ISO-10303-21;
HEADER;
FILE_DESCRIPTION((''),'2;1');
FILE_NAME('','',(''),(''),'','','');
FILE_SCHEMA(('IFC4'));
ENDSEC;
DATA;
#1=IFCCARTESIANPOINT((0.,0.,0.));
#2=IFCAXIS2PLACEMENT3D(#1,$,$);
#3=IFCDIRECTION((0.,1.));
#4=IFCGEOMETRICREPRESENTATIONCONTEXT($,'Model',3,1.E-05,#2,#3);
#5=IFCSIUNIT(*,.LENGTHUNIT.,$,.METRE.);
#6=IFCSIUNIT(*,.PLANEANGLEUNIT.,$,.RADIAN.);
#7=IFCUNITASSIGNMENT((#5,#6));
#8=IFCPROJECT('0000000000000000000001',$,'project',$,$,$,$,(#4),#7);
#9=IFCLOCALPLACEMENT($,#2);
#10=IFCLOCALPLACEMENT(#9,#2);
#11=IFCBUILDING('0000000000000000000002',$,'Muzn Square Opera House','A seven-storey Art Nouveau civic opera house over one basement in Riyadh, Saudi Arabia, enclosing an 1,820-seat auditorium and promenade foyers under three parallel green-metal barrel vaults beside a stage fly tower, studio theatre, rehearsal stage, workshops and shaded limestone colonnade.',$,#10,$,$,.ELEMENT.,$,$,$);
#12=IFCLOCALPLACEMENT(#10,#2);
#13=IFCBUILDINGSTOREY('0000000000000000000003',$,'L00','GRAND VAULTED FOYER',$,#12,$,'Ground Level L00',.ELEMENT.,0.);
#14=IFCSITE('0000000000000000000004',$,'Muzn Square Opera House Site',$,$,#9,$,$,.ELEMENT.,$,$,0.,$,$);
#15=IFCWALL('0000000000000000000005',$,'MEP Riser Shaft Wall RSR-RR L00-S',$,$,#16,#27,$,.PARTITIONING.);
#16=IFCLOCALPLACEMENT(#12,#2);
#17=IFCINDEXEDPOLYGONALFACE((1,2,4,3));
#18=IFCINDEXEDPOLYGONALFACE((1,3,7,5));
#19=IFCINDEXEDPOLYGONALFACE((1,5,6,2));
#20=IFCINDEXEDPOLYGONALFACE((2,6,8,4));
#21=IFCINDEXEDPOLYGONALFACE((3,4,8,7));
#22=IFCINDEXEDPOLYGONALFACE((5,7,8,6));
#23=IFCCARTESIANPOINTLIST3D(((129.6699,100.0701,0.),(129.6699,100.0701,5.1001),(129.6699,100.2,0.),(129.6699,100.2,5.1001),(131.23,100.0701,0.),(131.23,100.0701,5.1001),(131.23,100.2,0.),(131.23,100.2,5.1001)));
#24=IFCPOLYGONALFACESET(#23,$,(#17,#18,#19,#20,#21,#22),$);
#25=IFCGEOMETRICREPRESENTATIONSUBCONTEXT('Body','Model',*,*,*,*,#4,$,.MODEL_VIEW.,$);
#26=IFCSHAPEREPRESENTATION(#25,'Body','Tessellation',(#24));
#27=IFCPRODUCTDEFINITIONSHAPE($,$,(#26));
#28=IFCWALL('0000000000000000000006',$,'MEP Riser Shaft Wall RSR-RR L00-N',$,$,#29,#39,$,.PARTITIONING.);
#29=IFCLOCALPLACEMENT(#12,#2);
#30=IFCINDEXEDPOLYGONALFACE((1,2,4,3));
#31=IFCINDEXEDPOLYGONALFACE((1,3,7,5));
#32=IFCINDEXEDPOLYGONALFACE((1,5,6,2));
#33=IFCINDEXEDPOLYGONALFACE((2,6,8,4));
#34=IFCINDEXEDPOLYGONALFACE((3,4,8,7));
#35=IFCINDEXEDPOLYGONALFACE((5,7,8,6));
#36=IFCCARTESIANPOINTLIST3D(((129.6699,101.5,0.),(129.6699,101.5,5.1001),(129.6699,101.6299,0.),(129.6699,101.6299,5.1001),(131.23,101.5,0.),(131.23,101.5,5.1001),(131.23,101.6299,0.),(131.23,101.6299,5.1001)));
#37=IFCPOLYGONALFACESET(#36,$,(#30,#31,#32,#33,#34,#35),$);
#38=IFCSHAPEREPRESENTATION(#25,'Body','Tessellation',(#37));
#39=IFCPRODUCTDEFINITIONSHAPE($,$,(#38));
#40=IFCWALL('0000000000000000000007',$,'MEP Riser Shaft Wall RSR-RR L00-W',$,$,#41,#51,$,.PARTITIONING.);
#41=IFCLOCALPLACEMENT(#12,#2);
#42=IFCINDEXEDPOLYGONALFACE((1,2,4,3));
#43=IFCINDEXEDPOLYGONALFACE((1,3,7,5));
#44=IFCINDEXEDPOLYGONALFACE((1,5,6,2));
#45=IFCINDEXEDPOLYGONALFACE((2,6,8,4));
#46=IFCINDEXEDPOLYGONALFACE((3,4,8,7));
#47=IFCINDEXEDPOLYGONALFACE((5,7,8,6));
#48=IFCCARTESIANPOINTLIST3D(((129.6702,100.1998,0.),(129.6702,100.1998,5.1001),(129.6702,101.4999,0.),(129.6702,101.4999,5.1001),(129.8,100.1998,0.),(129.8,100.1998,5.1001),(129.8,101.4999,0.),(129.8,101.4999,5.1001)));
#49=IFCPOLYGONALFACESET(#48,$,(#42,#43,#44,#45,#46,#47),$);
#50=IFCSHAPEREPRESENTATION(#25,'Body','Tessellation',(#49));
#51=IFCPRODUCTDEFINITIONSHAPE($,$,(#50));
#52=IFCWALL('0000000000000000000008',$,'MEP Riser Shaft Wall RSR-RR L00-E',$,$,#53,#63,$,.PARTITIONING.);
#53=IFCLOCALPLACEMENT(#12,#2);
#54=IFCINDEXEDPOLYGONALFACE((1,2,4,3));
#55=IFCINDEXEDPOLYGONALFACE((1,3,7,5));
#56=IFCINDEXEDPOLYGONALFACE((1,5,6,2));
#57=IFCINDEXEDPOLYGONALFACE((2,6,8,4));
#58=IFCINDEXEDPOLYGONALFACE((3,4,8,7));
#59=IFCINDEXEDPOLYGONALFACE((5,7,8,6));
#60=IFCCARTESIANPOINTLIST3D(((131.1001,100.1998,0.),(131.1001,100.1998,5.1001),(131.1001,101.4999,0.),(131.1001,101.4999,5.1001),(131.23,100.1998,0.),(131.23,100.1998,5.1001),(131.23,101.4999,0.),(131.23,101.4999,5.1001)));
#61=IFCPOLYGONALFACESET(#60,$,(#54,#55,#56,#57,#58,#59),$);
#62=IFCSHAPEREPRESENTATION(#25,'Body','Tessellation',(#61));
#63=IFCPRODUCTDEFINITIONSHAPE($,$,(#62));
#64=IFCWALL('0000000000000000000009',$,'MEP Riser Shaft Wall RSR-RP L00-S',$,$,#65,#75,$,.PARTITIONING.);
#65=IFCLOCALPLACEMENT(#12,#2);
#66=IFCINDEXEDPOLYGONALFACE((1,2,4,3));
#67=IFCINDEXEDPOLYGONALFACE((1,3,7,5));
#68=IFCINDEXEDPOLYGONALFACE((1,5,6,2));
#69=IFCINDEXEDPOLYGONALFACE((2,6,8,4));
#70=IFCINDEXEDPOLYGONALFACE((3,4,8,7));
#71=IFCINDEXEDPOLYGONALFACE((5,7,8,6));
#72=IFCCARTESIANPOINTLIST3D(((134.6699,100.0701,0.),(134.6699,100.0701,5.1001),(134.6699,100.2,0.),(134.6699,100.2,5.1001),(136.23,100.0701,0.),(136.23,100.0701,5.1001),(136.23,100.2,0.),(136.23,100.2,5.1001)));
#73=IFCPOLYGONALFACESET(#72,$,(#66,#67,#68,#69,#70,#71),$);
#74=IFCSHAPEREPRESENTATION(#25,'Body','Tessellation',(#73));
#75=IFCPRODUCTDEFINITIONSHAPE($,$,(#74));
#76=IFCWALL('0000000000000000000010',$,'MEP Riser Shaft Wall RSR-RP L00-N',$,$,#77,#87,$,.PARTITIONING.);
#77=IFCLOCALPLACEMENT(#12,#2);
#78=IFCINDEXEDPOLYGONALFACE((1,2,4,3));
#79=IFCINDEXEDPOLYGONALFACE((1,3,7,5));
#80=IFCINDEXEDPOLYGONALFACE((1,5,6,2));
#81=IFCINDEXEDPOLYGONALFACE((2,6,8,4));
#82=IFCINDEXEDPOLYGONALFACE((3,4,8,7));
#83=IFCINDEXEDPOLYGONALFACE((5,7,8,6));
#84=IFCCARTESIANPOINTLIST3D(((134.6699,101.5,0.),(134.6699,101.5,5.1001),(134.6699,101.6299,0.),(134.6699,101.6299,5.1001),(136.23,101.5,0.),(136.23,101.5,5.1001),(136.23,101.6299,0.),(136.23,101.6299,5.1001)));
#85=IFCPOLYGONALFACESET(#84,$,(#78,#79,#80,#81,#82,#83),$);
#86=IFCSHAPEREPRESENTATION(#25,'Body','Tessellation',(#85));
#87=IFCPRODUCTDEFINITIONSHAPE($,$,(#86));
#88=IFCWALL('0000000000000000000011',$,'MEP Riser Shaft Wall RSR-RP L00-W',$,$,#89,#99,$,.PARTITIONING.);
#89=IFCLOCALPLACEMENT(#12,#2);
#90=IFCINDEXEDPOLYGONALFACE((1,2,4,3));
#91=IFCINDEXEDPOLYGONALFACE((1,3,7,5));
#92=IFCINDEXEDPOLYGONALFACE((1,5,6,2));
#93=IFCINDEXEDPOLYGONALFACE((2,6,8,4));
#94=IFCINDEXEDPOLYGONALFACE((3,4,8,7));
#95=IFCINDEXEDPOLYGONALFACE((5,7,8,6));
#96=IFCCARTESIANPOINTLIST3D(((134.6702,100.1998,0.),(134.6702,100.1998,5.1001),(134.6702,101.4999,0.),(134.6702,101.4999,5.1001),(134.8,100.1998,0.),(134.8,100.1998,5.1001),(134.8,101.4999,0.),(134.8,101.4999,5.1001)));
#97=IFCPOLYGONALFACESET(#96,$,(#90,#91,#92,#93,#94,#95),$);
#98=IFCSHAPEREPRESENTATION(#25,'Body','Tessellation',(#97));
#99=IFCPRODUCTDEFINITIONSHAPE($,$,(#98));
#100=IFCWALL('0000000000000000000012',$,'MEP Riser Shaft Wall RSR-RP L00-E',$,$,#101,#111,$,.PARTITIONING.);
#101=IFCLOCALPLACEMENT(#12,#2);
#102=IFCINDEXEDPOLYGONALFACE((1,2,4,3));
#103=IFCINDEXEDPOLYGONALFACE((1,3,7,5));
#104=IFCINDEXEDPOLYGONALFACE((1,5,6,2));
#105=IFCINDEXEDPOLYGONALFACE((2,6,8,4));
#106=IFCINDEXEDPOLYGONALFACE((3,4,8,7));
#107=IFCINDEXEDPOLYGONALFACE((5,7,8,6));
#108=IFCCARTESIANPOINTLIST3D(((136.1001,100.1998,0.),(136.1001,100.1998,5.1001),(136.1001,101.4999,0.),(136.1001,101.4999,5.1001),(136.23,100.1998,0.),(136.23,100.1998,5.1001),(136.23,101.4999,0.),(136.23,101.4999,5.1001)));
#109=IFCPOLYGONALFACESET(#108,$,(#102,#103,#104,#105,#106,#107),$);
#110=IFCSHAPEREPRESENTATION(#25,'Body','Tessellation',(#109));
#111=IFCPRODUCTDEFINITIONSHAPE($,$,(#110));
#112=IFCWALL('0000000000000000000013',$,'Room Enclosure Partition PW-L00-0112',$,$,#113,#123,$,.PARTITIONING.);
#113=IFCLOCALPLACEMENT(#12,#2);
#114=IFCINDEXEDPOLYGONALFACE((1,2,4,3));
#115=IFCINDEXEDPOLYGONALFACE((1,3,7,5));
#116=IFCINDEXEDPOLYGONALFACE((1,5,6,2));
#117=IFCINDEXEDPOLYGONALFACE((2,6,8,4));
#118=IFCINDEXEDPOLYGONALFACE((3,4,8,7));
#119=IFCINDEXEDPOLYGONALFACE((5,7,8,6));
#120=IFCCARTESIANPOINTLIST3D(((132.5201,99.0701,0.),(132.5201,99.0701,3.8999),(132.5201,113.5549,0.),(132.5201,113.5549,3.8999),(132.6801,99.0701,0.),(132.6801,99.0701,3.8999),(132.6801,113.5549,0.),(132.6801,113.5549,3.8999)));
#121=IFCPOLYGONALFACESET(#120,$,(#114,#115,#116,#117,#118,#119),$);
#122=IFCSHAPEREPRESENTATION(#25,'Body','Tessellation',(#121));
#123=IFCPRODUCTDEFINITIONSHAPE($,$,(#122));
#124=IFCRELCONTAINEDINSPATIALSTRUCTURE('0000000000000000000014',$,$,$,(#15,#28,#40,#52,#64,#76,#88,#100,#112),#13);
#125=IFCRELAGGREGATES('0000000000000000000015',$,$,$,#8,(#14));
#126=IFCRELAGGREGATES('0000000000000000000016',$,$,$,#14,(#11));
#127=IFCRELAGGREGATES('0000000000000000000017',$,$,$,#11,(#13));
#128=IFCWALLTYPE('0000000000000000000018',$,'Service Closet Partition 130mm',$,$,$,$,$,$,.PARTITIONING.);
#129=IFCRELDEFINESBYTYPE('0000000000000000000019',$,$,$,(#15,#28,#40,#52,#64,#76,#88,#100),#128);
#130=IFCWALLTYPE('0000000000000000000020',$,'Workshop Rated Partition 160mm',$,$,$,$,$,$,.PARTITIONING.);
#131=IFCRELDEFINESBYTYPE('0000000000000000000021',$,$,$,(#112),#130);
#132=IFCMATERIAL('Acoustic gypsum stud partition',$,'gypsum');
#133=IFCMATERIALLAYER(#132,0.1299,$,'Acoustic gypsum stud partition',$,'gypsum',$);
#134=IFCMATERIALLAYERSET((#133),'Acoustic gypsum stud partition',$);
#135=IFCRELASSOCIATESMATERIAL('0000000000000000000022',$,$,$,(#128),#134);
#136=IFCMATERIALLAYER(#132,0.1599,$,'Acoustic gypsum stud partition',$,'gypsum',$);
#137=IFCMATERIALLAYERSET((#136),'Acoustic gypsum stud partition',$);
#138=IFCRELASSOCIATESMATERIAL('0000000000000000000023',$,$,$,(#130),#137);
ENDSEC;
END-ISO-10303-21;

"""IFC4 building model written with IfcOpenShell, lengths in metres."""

from ifc_helpers import new_model, si_unit, direction, frame, frame_2d, origin, place, context, subcontext, project, spatial, rectangle, extrude, material, layer, layer_set, type_object, element, save


model = new_model("IFC4")

# Units and contexts
model_context = context("Model", 3, precision=1e-05, world=origin(), true_north=direction((0.0, 1.0)))
body_context = subcontext(model_context, "Body", "Model", "MODEL_VIEW")
ifc_project = project(units=[si_unit("LENGTHUNIT", "METRE"), si_unit("PLANEANGLEUNIT", "RADIAN")], contexts=[model_context])

# Site, building, storey
site_placement = place(None, origin())
site = spatial("IfcSite", under=ifc_project, at=site_placement, Name="Muzn Square Opera House Site", CompositionType="ELEMENT", RefElevation=0.0)
building_placement = place(site_placement, origin())
building = spatial("IfcBuilding", under=site, at=building_placement, Name="Muzn Square Opera House", Description="A seven-storey Art Nouveau civic opera house over one basement in Riyadh, Saudi Arabia, enclosing an 1,820-seat auditorium and promenade foyers under three parallel green-metal barrel vaults beside a stage fly tower, studio theatre, rehearsal stage, workshops and shaded limestone colonnade.", CompositionType="ELEMENT")
storey_placement = place(building_placement, origin())
storey = spatial("IfcBuildingStorey", under=building, at=storey_placement, Name="L00", Description="GRAND VAULTED FOYER", LongName="Ground Level L00", CompositionType="ELEMENT", Elevation=0.0)

# Walls
ifc_material_1 = material(Name="Acoustic gypsum stud partition", Category="gypsum")
ifc_layer_1 = layer(ifc_material_1, 0.1299, Name="Acoustic gypsum stud partition", Category="gypsum")
ifc_layer_set_1 = layer_set([ifc_layer_1], Name="Acoustic gypsum stud partition")
wall_type_1 = type_object("IfcWallType", Name="Service Closet Partition 130mm", PredefinedType="PARTITIONING", material=ifc_layer_set_1)
for number, where, z_axis, x_axis, name in (
    (1, (129.6699, 100.135, 0.0), (0.0, 0.0, 1.0), (1.0, 0.0, 0.0), "MEP Riser Shaft Wall RSR-RR L00-S"),
    (2, (129.6699, 101.5649, 0.0), (0.0, 0.0, 1.0), (1.0, 0.0, 0.0), "MEP Riser Shaft Wall RSR-RR L00-N"),
):
    element("IfcWall", number, at=place(storey_placement, frame(where, z_axis=z_axis, x_axis=x_axis)), inside=storey, type_object=wall_type_1, Name=name, PredefinedType="PARTITIONING", context=body_context, shape_type="SweptSolid", body=[
        extrude(rectangle(XDim=1.5601, YDim=0.1299, at=frame_2d((0.78, 0.0))), origin(), (0.0, 0.0, 1.0), 5.1001),
    ])
for number, where, z_axis, x_axis, name in (
    (3, (129.7351, 100.2, 0.0), (0.0, 0.0, 1.0), (0.0, 1.0, 0.0), "MEP Riser Shaft Wall RSR-RR L00-W"),
    (4, (131.165, 100.2, 0.0), (0.0, 0.0, 1.0), (0.0, 1.0, 0.0), "MEP Riser Shaft Wall RSR-RR L00-E"),
):
    element("IfcWall", number, at=place(storey_placement, frame(where, z_axis=z_axis, x_axis=x_axis)), inside=storey, type_object=wall_type_1, Name=name, PredefinedType="PARTITIONING", context=body_context, shape_type="SweptSolid", body=[
        extrude(rectangle(XDim=1.3, YDim=0.1299, at=frame_2d((0.6499, 0.0))), origin(), (0.0, 0.0, 1.0), 5.1001),
    ])
for number, where, z_axis, x_axis, name in (
    (5, (134.6699, 100.135, 0.0), (0.0, 0.0, 1.0), (1.0, 0.0, 0.0), "MEP Riser Shaft Wall RSR-RP L00-S"),
    (6, (134.6699, 101.5649, 0.0), (0.0, 0.0, 1.0), (1.0, 0.0, 0.0), "MEP Riser Shaft Wall RSR-RP L00-N"),
):
    element("IfcWall", number, at=place(storey_placement, frame(where, z_axis=z_axis, x_axis=x_axis)), inside=storey, type_object=wall_type_1, Name=name, PredefinedType="PARTITIONING", context=body_context, shape_type="SweptSolid", body=[
        extrude(rectangle(XDim=1.5601, YDim=0.1299, at=frame_2d((0.78, 0.0))), origin(), (0.0, 0.0, 1.0), 5.1001),
    ])
for number, where, z_axis, x_axis, name in (
    (7, (134.7351, 100.2, 0.0), (0.0, 0.0, 1.0), (0.0, 1.0, 0.0), "MEP Riser Shaft Wall RSR-RP L00-W"),
    (8, (136.165, 100.2, 0.0), (0.0, 0.0, 1.0), (0.0, 1.0, 0.0), "MEP Riser Shaft Wall RSR-RP L00-E"),
):
    element("IfcWall", number, at=place(storey_placement, frame(where, z_axis=z_axis, x_axis=x_axis)), inside=storey, type_object=wall_type_1, Name=name, PredefinedType="PARTITIONING", context=body_context, shape_type="SweptSolid", body=[
        extrude(rectangle(XDim=1.3, YDim=0.1299, at=frame_2d((0.6499, 0.0))), origin(), (0.0, 0.0, 1.0), 5.1001),
    ])
ifc_layer_2 = layer(ifc_material_1, 0.1599, Name="Acoustic gypsum stud partition", Category="gypsum")
ifc_layer_set_2 = layer_set([ifc_layer_2], Name="Acoustic gypsum stud partition")
wall_type_2 = type_object("IfcWallType", Name="Workshop Rated Partition 160mm", PredefinedType="PARTITIONING", material=ifc_layer_set_2)
wall_1_placement = place(storey_placement, frame((132.6001, 99.0701, 0.0), z_axis=(0.0, 0.0, 1.0), x_axis=(0.0, 1.0, 0.0)))
element("IfcWall", 9, at=wall_1_placement, inside=storey, type_object=wall_type_2, Name="Room Enclosure Partition PW-L00-0112", PredefinedType="PARTITIONING", context=body_context, shape_type="SweptSolid", body=[
    extrude(rectangle(XDim=14.4849, YDim=0.1599, at=frame_2d((7.2424, 0.0))), origin(), (0.0, 0.0, 1.0), 3.8999),
])

save(model, "model.ifc")
